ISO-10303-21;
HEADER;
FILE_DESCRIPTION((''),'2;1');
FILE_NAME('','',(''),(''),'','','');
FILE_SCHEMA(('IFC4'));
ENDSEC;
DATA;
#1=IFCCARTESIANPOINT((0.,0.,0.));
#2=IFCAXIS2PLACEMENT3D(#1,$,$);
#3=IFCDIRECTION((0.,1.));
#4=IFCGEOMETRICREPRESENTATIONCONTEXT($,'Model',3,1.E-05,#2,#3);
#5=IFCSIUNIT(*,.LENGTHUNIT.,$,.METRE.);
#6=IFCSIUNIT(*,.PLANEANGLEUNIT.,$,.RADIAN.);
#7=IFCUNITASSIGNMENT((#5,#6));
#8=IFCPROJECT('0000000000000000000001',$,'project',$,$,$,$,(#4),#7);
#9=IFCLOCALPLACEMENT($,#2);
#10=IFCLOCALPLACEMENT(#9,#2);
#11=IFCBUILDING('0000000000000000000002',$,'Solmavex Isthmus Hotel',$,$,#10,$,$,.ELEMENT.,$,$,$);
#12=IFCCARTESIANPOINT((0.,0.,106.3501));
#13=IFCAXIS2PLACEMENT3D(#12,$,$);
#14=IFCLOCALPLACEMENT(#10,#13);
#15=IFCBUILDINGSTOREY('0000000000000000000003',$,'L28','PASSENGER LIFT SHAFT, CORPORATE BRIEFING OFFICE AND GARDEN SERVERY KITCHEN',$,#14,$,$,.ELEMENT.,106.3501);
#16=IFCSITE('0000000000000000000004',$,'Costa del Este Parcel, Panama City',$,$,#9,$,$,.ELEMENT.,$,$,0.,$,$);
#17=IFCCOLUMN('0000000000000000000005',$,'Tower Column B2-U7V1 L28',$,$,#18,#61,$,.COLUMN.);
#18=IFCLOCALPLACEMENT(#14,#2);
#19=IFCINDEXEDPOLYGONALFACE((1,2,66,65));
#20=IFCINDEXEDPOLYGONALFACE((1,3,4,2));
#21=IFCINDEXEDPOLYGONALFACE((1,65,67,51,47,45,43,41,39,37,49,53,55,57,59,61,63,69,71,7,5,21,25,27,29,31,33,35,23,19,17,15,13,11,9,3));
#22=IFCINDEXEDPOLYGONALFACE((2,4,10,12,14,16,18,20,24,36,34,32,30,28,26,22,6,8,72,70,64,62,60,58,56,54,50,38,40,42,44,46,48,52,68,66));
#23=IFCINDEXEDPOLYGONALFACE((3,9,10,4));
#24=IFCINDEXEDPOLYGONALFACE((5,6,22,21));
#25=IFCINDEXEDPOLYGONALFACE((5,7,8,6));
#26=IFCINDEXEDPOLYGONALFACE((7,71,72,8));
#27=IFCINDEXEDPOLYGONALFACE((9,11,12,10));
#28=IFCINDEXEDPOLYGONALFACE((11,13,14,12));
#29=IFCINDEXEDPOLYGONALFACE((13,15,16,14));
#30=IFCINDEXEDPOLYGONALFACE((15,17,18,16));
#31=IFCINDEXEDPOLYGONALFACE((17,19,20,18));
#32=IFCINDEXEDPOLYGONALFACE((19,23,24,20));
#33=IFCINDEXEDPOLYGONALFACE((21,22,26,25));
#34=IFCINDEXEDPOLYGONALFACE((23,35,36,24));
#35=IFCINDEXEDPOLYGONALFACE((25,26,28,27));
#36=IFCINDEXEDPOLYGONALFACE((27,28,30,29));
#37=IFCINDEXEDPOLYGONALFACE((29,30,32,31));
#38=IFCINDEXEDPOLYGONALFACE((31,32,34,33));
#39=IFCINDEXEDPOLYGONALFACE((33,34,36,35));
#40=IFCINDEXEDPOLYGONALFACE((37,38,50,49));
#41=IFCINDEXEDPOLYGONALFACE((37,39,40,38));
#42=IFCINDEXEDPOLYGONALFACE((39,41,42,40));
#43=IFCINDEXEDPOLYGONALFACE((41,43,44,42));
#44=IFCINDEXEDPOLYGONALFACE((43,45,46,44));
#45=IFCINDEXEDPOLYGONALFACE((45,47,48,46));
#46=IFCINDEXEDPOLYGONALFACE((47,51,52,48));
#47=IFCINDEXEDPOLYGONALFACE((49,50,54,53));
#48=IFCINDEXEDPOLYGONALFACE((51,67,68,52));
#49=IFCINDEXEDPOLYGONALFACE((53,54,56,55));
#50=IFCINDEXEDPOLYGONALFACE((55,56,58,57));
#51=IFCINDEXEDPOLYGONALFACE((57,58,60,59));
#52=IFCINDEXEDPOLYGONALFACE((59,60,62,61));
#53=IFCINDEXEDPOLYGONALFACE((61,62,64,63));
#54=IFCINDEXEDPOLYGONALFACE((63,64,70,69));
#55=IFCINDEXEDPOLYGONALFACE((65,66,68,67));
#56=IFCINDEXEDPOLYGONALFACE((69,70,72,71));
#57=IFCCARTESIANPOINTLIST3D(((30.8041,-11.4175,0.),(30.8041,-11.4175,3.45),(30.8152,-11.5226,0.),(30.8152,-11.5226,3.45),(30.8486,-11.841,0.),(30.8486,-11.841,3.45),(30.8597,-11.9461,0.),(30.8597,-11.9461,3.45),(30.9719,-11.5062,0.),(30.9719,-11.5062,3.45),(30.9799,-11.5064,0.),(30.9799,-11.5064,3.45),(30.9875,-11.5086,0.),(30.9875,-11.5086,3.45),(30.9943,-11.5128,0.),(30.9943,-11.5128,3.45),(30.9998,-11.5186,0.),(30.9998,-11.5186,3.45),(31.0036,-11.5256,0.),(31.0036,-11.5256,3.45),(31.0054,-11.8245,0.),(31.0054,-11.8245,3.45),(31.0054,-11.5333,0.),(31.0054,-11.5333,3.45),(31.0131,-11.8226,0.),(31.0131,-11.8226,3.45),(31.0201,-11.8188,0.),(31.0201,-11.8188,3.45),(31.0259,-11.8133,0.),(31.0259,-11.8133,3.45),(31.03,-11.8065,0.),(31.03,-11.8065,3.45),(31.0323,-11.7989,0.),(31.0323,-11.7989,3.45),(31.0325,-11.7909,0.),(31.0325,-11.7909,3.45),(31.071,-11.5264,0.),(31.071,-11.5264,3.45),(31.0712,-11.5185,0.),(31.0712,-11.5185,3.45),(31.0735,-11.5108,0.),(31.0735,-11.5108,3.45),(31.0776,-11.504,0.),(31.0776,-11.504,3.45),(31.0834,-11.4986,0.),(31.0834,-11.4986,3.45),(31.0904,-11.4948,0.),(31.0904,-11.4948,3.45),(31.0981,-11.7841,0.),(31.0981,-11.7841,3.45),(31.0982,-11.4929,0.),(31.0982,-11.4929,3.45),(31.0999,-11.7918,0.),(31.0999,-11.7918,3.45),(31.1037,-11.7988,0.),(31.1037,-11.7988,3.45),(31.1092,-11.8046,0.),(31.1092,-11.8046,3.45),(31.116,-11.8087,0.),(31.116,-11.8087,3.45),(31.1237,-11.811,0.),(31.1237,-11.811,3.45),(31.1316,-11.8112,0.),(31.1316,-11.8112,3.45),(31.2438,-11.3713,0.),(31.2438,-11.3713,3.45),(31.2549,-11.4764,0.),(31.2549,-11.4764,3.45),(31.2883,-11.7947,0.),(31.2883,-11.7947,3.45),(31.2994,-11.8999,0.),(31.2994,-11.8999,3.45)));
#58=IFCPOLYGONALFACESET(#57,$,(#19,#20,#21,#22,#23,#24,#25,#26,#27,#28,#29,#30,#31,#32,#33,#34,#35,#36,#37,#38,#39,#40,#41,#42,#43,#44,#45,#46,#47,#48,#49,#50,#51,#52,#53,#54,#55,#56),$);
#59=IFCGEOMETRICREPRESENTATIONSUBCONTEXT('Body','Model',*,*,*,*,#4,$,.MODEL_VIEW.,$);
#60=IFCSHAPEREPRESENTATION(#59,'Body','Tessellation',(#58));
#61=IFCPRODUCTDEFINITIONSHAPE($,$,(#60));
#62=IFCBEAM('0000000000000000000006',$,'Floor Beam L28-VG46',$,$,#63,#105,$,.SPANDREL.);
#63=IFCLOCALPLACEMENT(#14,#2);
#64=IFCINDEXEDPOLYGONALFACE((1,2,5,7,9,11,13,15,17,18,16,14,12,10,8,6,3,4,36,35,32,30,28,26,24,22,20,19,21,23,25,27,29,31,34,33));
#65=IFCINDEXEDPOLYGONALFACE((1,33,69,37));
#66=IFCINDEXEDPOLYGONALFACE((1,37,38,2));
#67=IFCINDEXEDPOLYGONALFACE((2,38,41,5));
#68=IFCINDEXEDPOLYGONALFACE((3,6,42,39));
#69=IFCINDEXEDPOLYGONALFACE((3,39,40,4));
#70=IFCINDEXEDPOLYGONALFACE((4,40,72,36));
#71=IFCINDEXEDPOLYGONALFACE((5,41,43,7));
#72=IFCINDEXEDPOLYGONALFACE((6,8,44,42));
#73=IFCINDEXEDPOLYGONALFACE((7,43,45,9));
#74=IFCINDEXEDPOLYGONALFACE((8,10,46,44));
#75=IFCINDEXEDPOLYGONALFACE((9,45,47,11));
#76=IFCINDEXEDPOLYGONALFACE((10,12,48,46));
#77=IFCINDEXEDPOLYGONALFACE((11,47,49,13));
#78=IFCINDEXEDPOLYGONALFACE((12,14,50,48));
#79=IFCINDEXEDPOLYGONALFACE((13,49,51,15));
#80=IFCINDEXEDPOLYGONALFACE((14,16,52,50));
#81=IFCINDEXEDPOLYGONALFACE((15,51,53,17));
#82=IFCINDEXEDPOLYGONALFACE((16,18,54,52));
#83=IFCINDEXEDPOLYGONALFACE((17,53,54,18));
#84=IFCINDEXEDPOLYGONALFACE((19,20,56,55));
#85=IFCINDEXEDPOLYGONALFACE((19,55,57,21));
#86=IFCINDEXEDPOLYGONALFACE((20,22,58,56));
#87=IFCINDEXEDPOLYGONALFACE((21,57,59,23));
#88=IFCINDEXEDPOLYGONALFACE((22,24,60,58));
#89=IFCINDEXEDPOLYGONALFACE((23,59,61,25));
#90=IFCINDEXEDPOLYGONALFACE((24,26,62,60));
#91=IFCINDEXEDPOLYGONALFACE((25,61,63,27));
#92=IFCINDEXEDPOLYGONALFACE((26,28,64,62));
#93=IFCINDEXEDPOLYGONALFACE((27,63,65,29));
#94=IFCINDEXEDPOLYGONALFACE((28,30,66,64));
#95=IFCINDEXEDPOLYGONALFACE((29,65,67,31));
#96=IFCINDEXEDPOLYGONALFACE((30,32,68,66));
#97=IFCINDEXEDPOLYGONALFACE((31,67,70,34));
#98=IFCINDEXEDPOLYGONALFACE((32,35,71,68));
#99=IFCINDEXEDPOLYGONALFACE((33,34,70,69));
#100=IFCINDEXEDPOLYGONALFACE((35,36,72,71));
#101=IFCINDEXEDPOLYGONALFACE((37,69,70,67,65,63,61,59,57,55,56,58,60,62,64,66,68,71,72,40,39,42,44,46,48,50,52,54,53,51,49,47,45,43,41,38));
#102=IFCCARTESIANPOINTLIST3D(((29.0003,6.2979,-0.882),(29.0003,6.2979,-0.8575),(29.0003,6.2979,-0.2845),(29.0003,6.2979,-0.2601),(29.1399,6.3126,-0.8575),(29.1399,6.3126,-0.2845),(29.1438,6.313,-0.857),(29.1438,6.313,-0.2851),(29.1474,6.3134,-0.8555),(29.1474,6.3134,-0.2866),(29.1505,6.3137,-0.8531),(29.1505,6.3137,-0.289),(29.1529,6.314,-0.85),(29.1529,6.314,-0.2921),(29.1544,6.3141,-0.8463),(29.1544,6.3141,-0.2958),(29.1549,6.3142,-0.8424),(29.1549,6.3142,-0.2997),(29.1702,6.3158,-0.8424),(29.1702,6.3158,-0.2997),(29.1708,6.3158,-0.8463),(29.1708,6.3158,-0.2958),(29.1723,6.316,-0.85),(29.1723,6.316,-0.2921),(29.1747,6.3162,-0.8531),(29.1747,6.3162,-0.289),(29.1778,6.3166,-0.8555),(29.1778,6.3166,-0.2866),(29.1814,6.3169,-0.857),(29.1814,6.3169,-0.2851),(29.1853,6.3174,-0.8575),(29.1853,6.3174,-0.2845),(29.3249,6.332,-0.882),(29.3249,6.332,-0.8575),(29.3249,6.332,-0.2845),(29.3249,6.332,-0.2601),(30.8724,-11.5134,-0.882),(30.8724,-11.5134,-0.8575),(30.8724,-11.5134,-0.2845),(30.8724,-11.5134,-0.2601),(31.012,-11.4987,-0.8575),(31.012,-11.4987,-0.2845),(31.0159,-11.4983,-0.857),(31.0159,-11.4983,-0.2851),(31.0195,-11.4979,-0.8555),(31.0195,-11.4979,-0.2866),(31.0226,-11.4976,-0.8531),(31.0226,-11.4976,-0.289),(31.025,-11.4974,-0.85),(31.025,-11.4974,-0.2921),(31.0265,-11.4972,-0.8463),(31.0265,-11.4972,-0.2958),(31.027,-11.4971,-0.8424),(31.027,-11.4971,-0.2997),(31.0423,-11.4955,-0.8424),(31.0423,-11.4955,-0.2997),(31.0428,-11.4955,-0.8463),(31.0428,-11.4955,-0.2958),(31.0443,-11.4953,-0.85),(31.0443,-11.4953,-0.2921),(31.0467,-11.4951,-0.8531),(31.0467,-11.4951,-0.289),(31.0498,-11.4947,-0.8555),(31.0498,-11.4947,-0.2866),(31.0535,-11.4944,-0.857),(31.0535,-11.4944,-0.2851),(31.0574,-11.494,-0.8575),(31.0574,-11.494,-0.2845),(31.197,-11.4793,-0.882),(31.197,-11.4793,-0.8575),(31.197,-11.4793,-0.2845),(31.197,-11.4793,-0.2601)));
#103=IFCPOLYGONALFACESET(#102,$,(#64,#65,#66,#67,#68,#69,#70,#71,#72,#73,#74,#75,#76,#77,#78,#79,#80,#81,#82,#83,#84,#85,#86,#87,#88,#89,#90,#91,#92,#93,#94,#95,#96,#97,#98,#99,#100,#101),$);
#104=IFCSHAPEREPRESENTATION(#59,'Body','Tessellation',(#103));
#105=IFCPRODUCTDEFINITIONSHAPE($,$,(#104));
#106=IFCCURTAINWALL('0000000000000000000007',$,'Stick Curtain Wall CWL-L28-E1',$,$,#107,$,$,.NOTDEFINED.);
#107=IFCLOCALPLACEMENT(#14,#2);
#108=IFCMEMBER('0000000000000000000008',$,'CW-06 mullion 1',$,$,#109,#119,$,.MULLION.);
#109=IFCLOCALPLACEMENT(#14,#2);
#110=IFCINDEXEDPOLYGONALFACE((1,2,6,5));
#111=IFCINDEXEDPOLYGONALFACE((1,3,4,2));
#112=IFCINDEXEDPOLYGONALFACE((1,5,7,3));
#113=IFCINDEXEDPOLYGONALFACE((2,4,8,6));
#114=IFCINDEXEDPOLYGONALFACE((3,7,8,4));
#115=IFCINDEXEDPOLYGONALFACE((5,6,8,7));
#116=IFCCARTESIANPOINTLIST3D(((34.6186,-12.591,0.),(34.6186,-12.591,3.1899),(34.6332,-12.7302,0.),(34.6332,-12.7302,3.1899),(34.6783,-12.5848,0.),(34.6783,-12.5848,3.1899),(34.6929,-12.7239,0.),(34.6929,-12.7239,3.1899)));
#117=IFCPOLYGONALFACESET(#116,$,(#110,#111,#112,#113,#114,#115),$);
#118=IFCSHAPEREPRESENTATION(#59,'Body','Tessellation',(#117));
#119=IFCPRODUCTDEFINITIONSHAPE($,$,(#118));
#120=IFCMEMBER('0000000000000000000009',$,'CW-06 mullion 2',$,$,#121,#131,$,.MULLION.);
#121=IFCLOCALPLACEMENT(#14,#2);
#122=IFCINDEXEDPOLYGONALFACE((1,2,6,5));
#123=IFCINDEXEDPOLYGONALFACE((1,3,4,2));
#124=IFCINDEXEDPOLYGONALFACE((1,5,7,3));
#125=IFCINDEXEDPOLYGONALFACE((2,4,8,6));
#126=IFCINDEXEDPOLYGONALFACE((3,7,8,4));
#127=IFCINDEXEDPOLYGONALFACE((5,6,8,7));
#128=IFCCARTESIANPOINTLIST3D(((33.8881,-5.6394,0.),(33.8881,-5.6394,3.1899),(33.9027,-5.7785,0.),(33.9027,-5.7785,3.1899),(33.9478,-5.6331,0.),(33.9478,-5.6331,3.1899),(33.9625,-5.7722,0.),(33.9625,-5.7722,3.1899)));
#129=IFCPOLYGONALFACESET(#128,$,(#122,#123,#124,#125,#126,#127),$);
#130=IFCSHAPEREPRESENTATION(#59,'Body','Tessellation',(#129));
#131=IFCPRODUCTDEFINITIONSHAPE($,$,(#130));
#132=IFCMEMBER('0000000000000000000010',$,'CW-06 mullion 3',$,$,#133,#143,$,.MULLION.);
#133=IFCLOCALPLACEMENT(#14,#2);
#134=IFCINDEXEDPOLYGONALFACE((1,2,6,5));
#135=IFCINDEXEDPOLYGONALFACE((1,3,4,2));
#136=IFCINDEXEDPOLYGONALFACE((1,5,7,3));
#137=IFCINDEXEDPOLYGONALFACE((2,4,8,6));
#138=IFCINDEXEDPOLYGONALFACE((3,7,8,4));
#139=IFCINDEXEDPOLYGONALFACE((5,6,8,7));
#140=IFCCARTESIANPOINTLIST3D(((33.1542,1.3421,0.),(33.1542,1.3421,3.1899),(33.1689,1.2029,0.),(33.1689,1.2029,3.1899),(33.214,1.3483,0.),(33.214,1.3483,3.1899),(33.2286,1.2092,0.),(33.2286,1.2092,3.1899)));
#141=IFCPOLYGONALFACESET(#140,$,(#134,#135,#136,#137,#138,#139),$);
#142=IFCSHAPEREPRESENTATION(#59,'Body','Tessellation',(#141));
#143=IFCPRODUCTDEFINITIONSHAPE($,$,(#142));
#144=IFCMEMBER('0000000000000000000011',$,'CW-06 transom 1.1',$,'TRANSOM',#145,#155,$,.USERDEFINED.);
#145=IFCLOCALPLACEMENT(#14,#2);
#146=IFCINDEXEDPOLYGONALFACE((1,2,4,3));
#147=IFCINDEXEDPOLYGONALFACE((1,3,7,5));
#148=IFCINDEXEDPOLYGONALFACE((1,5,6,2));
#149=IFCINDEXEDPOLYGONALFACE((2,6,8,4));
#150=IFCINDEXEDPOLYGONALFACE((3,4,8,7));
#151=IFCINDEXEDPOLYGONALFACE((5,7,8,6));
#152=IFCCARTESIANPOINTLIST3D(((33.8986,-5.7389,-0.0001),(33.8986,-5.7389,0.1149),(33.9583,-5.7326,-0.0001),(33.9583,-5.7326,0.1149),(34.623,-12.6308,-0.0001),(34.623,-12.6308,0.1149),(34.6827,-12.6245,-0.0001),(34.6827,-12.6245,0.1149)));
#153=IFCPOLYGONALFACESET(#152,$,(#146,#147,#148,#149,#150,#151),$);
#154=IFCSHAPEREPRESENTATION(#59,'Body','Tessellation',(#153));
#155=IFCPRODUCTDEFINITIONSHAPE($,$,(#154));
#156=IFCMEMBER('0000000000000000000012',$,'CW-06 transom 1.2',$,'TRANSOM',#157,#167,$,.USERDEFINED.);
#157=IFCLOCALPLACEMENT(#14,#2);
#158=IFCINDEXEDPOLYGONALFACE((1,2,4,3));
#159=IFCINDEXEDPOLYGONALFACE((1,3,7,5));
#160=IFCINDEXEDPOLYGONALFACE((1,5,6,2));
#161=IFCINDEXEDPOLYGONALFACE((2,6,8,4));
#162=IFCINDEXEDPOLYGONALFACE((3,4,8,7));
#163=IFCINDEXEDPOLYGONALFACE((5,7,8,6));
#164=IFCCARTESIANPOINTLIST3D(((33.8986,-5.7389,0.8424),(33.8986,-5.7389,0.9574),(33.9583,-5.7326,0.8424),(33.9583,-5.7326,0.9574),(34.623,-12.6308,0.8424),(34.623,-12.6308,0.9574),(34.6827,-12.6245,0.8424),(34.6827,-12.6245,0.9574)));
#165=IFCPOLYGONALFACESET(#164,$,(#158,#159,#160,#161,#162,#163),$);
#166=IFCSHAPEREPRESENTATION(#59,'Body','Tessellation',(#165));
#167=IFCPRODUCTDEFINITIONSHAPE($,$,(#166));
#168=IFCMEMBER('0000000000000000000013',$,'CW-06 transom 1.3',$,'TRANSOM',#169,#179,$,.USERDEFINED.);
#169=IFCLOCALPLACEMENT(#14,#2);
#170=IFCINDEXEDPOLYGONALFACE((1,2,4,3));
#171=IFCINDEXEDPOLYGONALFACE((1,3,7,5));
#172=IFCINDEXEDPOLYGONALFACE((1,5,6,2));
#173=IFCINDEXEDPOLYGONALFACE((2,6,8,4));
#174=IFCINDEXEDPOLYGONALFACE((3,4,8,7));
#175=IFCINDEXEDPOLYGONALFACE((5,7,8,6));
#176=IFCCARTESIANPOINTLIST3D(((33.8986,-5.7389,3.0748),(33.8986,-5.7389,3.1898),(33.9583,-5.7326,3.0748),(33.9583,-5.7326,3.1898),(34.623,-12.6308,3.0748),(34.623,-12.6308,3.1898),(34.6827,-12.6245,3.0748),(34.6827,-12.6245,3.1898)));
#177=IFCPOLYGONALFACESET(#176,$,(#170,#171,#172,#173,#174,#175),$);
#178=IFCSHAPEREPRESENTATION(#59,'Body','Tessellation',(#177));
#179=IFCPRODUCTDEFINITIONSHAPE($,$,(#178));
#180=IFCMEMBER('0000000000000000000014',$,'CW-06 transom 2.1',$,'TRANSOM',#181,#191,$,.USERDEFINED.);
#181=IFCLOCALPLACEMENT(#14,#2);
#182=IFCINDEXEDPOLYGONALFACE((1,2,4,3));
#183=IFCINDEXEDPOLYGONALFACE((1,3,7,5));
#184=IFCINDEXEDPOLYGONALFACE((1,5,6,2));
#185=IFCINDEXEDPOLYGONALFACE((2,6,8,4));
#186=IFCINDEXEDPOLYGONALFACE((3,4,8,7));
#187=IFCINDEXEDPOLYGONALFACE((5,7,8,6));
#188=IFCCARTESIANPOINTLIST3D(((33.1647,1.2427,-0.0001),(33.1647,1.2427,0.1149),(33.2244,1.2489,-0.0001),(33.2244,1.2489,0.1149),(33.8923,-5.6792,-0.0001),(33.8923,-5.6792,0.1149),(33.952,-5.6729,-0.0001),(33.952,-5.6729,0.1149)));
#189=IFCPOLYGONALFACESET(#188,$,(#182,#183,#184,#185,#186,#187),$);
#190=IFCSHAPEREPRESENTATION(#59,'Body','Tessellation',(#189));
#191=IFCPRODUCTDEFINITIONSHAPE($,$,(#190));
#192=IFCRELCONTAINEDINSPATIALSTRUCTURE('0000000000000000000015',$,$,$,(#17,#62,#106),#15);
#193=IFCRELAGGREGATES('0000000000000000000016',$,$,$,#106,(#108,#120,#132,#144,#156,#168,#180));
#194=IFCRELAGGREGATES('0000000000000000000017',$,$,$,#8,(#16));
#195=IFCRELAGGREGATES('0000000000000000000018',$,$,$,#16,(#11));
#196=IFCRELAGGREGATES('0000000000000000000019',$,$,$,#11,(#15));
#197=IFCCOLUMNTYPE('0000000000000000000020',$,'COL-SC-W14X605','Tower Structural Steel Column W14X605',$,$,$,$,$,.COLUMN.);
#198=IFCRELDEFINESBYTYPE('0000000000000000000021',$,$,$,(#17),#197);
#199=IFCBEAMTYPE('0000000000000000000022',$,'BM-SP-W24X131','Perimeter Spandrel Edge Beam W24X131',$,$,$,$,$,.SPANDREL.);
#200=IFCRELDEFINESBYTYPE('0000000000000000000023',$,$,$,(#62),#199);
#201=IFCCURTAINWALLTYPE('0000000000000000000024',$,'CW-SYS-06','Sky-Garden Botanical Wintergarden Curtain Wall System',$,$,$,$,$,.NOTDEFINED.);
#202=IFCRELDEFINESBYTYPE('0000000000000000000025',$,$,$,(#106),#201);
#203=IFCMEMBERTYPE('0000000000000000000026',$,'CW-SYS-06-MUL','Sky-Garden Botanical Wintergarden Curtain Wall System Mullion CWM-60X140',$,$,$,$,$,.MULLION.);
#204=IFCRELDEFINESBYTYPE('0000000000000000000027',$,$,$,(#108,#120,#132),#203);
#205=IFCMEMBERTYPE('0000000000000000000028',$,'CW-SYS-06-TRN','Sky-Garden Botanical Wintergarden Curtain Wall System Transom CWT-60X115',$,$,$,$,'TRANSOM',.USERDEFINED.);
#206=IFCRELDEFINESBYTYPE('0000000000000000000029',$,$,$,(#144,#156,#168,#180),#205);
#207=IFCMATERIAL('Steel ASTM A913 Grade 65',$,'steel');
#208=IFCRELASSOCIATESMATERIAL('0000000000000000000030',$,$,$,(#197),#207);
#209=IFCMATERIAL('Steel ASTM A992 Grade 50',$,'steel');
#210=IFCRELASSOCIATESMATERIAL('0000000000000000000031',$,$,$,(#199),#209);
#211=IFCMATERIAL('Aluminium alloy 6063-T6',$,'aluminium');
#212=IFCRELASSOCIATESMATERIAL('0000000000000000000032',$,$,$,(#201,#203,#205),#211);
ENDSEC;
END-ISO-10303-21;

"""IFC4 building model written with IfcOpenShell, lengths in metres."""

from ifc_helpers import new_model, si_unit, direction, frame, origin, origin_2d, place, context, subcontext, project, spatial, rectangle, i_section, extrude, material, material_profile, profile_set, type_object, element, aggregate, save


model = new_model("IFC4")

# Units and contexts
model_context = context("Model", 3, precision=1e-05, world=origin(), true_north=direction((0.0, 1.0)))
body_context = subcontext(model_context, "Body", "Model", "MODEL_VIEW")
ifc_project = project(units=[si_unit("LENGTHUNIT", "METRE"), si_unit("PLANEANGLEUNIT", "RADIAN")], contexts=[model_context])

# Site, building, storey
site_placement = place(None, origin())
site = spatial("IfcSite", under=ifc_project, at=site_placement, Name="Costa del Este Parcel, Panama City", CompositionType="ELEMENT", RefElevation=0.0)
building_placement = place(site_placement, origin())
building = spatial("IfcBuilding", under=site, at=building_placement, Name="Solmavex Isthmus Hotel", CompositionType="ELEMENT")
storey_placement = place(building_placement, frame((0.0, 0.0, 106.3501)))
storey = spatial("IfcBuildingStorey", under=building, at=storey_placement, Name="L28", Description="PASSENGER LIFT SHAFT, CORPORATE BRIEFING OFFICE AND GARDEN SERVERY KITCHEN", CompositionType="ELEMENT", Elevation=106.3501)

# Column
ifc_material_1 = material(Name="Steel ASTM A913 Grade 65", Category="steel")
ifc_material_profile_1 = material_profile(ifc_material_1, i_section(OverallWidth=0.4421, OverallDepth=0.5315, WebThickness=0.0659, FlangeThickness=0.1057, FilletRadius=0.0305, at=origin_2d()), Name="W14X605")
ifc_profile_set_1 = profile_set([ifc_material_profile_1], Name="Steel ASTM A913 Grade 65")
column_type = type_object("IfcColumnType", Name="COL-SC-W14X605", Description="Tower Structural Steel Column W14X605", PredefinedType="COLUMN", material=ifc_profile_set_1)
column_placement = place(storey_placement, frame((31.0518, -11.6587, 0.0), z_axis=(0.0, 0.0, 1.0), x_axis=(0.994522, 0.104528, 0.0)))
element("IfcColumn", 1, at=column_placement, inside=storey, type_object=column_type, Name="Tower Column B2-U7V1 L28", PredefinedType="COLUMN", context=body_context, shape_type="SweptSolid", body=[
    extrude(i_section(OverallWidth=0.4421, OverallDepth=0.5315, WebThickness=0.0659, FlangeThickness=0.1057, FilletRadius=0.0305, at=origin_2d()), origin(), (0.0, 0.0, 1.0), 3.45),
])

# Beam
ifc_material_2 = material(Name="Steel ASTM A992 Grade 50", Category="steel")
ifc_material_profile_2 = material_profile(ifc_material_2, i_section(OverallWidth=0.3264, OverallDepth=0.6218, WebThickness=0.0154, FlangeThickness=0.0244, FilletRadius=0.0151, at=origin_2d()), Name="W24X131")
ifc_profile_set_2 = profile_set([ifc_material_profile_2], Name="Steel ASTM A992 Grade 50")
beam_type = type_object("IfcBeamType", Name="BM-SP-W24X131", Description="Perimeter Spandrel Edge Beam W24X131", PredefinedType="SPANDREL", material=ifc_profile_set_2)
beam_placement = place(storey_placement, frame((31.0347, -11.4963, -0.571), z_axis=(-0.10453, 0.994522, 0.0), x_axis=(-0.994522, -0.10453, 0.0)))
element("IfcBeam", 2, at=beam_placement, inside=storey, type_object=beam_type, Name="Floor Beam L28-VG46", PredefinedType="SPANDREL", context=body_context, shape_type="SweptSolid", body=[
    extrude(i_section(OverallWidth=0.3264, OverallDepth=0.6218, WebThickness=0.0154, FlangeThickness=0.0244, FilletRadius=0.0151, at=origin_2d()), origin(), (0.0, 0.0, 1.0), 17.9094),
])

# Curtain wall, members
ifc_material_3 = material(Name="Aluminium alloy 6063-T6", Category="aluminium")
curtain_wall_type = type_object("IfcCurtainWallType", Name="CW-SYS-06", Description="Sky-Garden Botanical Wintergarden Curtain Wall System", PredefinedType="NOTDEFINED", material=ifc_material_3)
curtain_wall_placement = place(storey_placement, origin())
curtain_wall = element("IfcCurtainWall", 3, at=curtain_wall_placement, inside=storey, type_object=curtain_wall_type, Name="Stick Curtain Wall CWL-L28-E1", PredefinedType="NOTDEFINED")
ifc_material_profile_3 = material_profile(ifc_material_3, rectangle(XDim=0.0601, YDim=0.1399, at=origin_2d()), Name="CWM-60X140")
ifc_profile_set_3 = profile_set([ifc_material_profile_3], Name="Aluminium alloy 6063-T6")
member_type_1 = type_object("IfcMemberType", Name="CW-SYS-06-MUL", Description="Sky-Garden Botanical Wintergarden Curtain Wall System Mullion CWM-60X140", PredefinedType="MULLION", material=ifc_profile_set_3)
member_1_placement = place(storey_placement, frame((34.6558, -12.6575, 0.0), z_axis=(0.0, 0.0, 1.0), x_axis=(-0.994522, -0.104528, 0.0)))
member_1 = element("IfcMember", 4, at=member_1_placement, type_object=member_type_1, Name="CW-06 mullion 1", PredefinedType="MULLION", context=body_context, shape_type="SweptSolid", body=[
    extrude(rectangle(XDim=0.0601, YDim=0.1399, at=origin_2d()), origin(), (0.0, 0.0, 1.0), 3.1899),
])
member_2_placement = place(storey_placement, frame((33.9253, -5.7058, 0.0), z_axis=(0.0, 0.0, 1.0), x_axis=(-0.994522, -0.104528, 0.0)))
member_2 = element("IfcMember", 5, at=member_2_placement, type_object=member_type_1, Name="CW-06 mullion 2", PredefinedType="MULLION", context=body_context, shape_type="SweptSolid", body=[
    extrude(rectangle(XDim=0.0601, YDim=0.1399, at=origin_2d()), origin(), (0.0, 0.0, 1.0), 3.1899),
])
member_3_placement = place(storey_placement, frame((33.1914, 1.2756, 0.0), z_axis=(0.0, 0.0, 1.0), x_axis=(-0.994522, -0.104528, 0.0)))
member_3 = element("IfcMember", 6, at=member_3_placement, type_object=member_type_1, Name="CW-06 mullion 3", PredefinedType="MULLION", context=body_context, shape_type="SweptSolid", body=[
    extrude(rectangle(XDim=0.0601, YDim=0.1399, at=origin_2d()), origin(), (0.0, 0.0, 1.0), 3.1899),
])
ifc_material_profile_4 = material_profile(ifc_material_3, rectangle(XDim=0.0601, YDim=0.115, at=origin_2d()), Name="CWT-60X115")
ifc_profile_set_4 = profile_set([ifc_material_profile_4], Name="Aluminium alloy 6063-T6")
member_type_2 = type_object("IfcMemberType", Name="CW-SYS-06-TRN", Description="Sky-Garden Botanical Wintergarden Curtain Wall System Transom CWT-60X115", ElementType="TRANSOM", PredefinedType="USERDEFINED", material=ifc_profile_set_4)
member_4_placement = place(storey_placement, frame((34.6528, -12.6277, 0.0574), z_axis=(-0.104525, 0.994522, 0.0), x_axis=(-0.994522, -0.104525, 0.0)))
member_4 = element("IfcMember", 7, at=member_4_placement, type_object=member_type_2, Name="CW-06 transom 1.1", ObjectType="TRANSOM", PredefinedType="USERDEFINED", context=body_context, shape_type="SweptSolid", body=[
    extrude(rectangle(XDim=0.0601, YDim=0.115, at=origin_2d()), origin(), (0.0, 0.0, 1.0), 6.9299),
])
member_5_placement = place(storey_placement, frame((34.6528, -12.6277, 0.8999), z_axis=(-0.104525, 0.994522, 0.0), x_axis=(-0.994522, -0.104525, 0.0)))
member_5 = element("IfcMember", 8, at=member_5_placement, type_object=member_type_2, Name="CW-06 transom 1.2", ObjectType="TRANSOM", PredefinedType="USERDEFINED", context=body_context, shape_type="SweptSolid", body=[
    extrude(rectangle(XDim=0.0601, YDim=0.115, at=origin_2d()), origin(), (0.0, 0.0, 1.0), 6.9299),
])
member_6_placement = place(storey_placement, frame((34.6528, -12.6277, 3.1323), z_axis=(-0.104525, 0.994522, 0.0), x_axis=(-0.994522, -0.104525, 0.0)))
member_6 = element("IfcMember", 9, at=member_6_placement, type_object=member_type_2, Name="CW-06 transom 1.3", ObjectType="TRANSOM", PredefinedType="USERDEFINED", context=body_context, shape_type="SweptSolid", body=[
    extrude(rectangle(XDim=0.0601, YDim=0.115, at=origin_2d()), origin(), (0.0, 0.0, 1.0), 6.9299),
])
member_7_placement = place(storey_placement, frame((33.9221, -5.676, 0.0574), z_axis=(-0.104531, 0.994522, 0.0), x_axis=(-0.994522, -0.104531, 0.0)))
member_7 = element("IfcMember", 10, at=member_7_placement, type_object=member_type_2, Name="CW-06 transom 2.1", ObjectType="TRANSOM", PredefinedType="USERDEFINED", context=body_context, shape_type="SweptSolid", body=[
    extrude(rectangle(XDim=0.0601, YDim=0.115, at=origin_2d()), origin(), (0.0, 0.0, 1.0), 6.96),
])
aggregate(curtain_wall, [member_1, member_2, member_3, member_4, member_5, member_6, member_7])

save(model, "model.ifc")
